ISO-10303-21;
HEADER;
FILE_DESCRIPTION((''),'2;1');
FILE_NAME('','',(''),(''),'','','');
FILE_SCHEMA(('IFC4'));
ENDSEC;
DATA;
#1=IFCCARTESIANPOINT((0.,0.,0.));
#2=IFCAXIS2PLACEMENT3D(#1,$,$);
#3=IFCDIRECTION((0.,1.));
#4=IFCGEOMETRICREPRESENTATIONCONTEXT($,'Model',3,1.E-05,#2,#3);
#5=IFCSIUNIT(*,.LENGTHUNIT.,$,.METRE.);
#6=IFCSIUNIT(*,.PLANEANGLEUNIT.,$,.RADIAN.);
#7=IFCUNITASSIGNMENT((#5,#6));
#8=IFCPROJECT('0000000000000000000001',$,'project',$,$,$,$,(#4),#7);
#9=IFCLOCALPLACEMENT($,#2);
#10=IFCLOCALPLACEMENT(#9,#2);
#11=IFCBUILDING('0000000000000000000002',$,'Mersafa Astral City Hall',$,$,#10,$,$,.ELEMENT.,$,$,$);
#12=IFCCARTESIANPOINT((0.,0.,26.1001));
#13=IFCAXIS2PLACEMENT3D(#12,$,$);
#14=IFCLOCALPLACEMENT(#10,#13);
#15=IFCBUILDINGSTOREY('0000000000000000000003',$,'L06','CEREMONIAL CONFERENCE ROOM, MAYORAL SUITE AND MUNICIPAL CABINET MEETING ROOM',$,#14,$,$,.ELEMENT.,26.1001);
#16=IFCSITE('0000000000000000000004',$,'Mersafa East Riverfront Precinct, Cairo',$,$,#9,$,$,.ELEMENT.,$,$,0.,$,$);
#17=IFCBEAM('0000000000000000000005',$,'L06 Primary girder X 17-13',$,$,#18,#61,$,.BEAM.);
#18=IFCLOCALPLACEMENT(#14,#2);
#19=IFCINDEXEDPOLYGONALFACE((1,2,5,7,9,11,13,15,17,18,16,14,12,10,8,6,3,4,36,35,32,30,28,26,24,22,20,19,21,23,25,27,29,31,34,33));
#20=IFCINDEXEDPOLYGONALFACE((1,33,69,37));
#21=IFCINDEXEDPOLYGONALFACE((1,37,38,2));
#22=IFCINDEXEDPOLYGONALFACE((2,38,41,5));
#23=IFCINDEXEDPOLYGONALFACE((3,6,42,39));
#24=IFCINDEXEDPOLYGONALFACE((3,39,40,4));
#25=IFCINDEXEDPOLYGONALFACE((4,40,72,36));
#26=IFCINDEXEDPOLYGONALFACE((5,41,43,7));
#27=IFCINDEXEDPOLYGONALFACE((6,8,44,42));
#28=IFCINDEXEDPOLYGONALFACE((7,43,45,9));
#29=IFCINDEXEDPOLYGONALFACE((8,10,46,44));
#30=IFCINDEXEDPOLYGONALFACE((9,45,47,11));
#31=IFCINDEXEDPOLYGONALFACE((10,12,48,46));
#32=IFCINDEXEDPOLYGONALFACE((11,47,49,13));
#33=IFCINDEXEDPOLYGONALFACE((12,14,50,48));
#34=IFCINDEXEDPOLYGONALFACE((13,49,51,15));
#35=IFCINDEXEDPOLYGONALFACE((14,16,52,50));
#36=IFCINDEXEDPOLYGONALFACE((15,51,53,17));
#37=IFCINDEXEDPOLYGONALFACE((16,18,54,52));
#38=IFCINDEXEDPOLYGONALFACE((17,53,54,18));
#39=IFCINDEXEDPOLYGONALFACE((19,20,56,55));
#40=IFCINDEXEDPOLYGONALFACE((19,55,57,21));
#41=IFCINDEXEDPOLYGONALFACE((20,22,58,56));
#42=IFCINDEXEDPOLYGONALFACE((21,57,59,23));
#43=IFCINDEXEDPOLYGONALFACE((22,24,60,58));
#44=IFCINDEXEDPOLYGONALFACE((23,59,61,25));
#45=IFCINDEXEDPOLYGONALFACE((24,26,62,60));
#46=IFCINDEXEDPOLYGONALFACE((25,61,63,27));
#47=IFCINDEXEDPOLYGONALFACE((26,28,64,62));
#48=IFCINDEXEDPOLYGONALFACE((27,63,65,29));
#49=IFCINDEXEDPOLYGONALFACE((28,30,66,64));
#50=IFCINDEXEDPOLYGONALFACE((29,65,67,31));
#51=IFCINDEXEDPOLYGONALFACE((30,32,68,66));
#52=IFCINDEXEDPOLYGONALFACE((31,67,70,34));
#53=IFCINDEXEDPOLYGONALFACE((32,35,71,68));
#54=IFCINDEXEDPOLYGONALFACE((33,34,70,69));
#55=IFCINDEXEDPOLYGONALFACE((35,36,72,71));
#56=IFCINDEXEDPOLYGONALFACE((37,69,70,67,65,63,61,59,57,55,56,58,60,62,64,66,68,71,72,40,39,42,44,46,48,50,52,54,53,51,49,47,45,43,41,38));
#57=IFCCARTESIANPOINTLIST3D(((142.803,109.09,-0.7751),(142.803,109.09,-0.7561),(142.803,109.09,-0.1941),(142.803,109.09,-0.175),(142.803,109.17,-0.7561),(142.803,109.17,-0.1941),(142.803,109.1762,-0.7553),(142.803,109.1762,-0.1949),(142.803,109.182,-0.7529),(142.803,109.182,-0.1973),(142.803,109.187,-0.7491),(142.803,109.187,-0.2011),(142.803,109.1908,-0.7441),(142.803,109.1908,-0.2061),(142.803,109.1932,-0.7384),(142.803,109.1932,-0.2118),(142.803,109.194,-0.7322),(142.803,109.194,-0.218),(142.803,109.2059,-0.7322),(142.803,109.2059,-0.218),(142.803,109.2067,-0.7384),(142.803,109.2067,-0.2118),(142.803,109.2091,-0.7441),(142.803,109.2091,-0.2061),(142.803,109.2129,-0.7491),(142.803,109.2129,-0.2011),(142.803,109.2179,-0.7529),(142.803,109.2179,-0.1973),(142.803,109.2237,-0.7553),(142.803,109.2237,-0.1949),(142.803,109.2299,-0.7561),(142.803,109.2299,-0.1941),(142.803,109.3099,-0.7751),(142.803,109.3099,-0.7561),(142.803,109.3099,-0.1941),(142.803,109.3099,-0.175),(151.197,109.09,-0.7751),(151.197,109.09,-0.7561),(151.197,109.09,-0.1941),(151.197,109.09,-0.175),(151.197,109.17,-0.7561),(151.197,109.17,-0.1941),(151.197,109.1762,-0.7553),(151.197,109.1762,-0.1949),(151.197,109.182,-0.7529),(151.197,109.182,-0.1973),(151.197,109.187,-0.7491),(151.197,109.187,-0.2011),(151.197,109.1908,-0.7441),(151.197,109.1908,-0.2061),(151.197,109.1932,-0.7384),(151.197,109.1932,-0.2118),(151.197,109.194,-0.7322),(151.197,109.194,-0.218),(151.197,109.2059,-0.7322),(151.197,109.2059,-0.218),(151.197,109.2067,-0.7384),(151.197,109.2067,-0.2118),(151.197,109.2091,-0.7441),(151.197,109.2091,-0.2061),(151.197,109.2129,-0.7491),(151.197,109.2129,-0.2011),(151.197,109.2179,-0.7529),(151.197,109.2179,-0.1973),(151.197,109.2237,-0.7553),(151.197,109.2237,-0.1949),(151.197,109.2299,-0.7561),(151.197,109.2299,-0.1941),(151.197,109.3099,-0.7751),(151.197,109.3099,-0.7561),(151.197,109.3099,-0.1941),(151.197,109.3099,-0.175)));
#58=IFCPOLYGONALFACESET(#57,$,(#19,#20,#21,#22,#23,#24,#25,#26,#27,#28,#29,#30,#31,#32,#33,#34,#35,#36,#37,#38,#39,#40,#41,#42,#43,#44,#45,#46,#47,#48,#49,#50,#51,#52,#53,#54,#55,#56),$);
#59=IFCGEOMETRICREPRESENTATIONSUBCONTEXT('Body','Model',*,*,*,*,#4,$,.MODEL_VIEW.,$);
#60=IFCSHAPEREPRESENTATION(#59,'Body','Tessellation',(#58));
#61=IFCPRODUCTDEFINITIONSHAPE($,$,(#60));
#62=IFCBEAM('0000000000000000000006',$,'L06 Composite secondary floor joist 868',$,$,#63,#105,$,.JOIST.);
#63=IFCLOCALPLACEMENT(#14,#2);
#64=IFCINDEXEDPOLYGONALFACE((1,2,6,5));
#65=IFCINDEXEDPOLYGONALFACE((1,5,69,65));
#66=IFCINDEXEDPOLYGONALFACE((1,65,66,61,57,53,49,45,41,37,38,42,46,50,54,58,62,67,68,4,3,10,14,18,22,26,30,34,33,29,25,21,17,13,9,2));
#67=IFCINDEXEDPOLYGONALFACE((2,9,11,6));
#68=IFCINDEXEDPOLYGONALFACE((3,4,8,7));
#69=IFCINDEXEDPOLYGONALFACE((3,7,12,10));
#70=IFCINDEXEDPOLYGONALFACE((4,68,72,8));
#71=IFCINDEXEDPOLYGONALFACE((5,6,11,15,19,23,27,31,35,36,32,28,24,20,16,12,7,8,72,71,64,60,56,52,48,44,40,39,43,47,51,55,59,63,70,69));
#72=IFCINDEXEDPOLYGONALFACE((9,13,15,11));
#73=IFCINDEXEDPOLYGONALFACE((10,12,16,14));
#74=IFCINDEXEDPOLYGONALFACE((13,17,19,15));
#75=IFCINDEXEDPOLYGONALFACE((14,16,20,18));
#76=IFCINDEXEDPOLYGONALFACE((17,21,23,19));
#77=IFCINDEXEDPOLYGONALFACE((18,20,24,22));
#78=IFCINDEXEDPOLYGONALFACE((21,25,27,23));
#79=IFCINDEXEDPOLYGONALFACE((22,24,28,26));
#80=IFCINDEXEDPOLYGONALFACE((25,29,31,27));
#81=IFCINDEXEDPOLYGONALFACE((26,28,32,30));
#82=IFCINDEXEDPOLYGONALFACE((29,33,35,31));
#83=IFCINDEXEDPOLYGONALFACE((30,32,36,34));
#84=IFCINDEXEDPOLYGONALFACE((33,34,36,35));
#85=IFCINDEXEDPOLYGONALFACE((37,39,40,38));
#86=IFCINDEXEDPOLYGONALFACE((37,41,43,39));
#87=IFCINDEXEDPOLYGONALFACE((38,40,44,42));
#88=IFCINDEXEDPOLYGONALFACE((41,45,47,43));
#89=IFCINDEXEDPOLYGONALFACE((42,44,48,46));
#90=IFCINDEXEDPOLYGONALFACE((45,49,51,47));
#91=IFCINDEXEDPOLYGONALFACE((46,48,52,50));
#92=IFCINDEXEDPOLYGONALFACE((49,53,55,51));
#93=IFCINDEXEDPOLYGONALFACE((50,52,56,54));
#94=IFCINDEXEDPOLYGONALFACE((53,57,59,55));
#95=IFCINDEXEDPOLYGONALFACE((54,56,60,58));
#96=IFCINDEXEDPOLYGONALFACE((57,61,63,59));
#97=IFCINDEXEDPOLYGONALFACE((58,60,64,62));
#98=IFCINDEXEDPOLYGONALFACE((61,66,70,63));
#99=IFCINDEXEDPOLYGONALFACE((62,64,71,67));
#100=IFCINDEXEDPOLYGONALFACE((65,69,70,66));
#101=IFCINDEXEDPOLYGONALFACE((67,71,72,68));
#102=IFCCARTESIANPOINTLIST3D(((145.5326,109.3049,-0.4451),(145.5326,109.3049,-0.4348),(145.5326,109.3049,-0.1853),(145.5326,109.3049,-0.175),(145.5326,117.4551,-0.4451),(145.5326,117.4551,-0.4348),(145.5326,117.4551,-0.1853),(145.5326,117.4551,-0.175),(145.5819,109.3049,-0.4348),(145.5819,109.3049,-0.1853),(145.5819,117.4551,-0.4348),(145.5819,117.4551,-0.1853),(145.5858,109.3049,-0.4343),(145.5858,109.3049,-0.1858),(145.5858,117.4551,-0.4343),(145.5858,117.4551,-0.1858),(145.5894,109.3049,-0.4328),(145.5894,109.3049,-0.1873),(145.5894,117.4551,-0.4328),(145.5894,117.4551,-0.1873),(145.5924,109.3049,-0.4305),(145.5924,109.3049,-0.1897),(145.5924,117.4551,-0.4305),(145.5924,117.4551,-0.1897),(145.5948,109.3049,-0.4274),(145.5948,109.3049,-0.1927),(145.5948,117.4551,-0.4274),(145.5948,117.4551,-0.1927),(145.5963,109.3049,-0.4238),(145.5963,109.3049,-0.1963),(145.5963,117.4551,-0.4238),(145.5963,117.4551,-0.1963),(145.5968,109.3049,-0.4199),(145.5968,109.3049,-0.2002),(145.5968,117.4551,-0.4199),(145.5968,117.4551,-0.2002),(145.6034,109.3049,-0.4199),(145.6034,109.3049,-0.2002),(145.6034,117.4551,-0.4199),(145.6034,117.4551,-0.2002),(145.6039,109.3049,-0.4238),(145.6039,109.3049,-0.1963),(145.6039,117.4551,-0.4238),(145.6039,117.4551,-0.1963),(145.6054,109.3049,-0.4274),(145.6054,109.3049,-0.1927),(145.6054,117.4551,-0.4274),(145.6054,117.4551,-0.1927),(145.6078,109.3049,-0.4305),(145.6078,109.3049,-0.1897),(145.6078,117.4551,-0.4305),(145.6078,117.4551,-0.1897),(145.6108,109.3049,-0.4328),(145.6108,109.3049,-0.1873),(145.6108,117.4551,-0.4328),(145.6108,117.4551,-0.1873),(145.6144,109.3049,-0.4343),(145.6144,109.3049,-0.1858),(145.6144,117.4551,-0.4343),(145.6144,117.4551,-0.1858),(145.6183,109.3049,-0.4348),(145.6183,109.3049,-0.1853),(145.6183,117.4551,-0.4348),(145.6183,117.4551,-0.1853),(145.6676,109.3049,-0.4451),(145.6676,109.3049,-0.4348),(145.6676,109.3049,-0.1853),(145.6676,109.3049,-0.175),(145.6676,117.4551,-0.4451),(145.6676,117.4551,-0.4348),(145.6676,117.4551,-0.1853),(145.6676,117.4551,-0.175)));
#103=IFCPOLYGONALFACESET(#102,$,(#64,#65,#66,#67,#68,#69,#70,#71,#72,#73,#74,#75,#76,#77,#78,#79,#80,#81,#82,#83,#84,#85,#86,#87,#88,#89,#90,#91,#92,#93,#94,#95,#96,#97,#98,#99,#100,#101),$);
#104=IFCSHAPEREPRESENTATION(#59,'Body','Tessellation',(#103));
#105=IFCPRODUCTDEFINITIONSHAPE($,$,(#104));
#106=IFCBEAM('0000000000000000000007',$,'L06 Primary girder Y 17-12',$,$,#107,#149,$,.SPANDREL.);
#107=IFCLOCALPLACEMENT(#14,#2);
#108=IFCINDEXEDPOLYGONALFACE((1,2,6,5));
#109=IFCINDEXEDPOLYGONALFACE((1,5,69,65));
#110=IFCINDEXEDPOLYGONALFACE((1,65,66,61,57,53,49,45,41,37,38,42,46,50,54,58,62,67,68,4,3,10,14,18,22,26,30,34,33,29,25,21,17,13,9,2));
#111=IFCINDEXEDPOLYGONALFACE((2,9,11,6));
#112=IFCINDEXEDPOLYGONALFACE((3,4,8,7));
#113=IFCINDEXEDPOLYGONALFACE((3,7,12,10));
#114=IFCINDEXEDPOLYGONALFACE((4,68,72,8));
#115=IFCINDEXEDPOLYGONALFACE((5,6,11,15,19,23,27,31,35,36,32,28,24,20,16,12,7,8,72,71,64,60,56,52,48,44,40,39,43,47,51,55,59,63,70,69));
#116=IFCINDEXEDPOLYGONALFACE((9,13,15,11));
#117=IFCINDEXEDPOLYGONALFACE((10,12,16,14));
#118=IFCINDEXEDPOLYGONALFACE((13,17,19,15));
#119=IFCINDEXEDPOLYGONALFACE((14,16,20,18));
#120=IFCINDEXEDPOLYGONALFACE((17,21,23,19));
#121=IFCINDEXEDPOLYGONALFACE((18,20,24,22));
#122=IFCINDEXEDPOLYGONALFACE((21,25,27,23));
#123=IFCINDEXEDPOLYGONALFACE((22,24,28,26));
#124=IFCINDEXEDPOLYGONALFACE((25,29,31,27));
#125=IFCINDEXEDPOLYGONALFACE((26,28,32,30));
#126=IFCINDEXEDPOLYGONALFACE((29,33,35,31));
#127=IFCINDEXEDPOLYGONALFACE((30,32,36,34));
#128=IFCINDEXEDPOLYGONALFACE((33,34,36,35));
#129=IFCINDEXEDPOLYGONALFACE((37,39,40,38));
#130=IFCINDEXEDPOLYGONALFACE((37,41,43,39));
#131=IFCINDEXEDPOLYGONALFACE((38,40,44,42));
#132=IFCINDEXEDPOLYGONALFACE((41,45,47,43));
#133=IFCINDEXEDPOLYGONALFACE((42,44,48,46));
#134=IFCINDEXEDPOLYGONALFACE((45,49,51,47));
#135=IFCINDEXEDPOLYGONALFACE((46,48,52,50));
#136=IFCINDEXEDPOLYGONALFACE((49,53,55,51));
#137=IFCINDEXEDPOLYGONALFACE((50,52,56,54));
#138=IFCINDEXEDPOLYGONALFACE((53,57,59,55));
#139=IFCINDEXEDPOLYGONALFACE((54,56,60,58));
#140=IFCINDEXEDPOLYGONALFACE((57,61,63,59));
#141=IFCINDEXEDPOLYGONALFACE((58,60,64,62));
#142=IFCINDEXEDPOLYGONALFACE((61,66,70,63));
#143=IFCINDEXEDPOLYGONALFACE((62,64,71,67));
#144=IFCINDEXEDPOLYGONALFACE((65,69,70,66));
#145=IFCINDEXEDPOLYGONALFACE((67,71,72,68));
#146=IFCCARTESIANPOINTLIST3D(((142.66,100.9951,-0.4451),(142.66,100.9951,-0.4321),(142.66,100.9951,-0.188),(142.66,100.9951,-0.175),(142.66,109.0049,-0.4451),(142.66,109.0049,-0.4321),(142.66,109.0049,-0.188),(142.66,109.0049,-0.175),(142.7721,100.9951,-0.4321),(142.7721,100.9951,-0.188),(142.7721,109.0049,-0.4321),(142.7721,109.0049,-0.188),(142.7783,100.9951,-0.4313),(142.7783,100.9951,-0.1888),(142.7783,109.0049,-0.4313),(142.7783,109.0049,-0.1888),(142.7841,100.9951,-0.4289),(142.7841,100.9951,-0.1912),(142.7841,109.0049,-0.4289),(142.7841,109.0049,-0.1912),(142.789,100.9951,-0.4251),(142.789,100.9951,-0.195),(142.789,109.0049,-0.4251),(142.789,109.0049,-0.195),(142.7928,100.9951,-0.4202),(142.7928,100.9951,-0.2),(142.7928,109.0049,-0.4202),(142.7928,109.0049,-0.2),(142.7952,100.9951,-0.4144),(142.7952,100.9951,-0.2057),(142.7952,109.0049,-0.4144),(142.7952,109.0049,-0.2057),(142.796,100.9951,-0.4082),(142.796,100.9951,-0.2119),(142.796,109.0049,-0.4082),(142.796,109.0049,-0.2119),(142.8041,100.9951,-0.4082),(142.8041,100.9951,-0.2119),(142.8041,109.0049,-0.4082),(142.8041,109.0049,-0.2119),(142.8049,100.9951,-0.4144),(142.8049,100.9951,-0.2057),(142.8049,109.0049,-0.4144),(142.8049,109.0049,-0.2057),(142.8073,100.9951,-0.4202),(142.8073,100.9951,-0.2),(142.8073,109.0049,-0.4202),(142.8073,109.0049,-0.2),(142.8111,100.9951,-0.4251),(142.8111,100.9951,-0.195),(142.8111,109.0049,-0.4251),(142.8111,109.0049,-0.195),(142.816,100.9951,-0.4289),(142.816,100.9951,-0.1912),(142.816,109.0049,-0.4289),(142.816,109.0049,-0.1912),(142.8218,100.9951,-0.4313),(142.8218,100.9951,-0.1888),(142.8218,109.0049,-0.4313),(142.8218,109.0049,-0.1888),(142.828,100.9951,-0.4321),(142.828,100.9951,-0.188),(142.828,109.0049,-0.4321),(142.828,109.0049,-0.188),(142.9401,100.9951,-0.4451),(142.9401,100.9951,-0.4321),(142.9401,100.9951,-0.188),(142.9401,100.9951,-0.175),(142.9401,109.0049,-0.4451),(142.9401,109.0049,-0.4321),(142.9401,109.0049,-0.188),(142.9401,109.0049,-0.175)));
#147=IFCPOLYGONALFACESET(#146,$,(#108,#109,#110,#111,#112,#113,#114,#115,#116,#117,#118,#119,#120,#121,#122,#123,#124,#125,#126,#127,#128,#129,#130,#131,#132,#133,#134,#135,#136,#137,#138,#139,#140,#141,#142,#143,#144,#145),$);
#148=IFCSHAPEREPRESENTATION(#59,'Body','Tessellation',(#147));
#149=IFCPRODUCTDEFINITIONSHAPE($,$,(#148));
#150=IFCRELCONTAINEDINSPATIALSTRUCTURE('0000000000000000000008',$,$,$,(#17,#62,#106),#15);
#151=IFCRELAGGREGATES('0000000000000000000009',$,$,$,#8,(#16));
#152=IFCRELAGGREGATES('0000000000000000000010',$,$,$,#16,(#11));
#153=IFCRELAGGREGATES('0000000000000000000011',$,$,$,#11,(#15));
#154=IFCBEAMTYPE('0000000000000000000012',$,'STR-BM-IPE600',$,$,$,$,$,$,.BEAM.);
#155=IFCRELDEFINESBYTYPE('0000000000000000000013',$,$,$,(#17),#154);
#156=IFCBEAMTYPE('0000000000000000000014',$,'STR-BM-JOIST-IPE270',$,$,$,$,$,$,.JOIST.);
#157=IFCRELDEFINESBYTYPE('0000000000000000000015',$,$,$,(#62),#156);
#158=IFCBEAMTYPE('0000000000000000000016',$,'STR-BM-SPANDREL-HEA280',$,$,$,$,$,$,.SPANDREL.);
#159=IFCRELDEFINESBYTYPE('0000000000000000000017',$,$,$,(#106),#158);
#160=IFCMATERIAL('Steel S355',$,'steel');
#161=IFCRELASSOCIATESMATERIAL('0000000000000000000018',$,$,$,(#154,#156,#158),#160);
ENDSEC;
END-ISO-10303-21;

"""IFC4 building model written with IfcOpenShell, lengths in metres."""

from ifc_helpers import new_model, si_unit, direction, frame, origin, origin_2d, place, context, subcontext, project, spatial, i_section, extrude, material, material_profile, profile_set, type_object, element, save


model = new_model("IFC4")

# Units and contexts
model_context = context("Model", 3, precision=1e-05, world=origin(), true_north=direction((0.0, 1.0)))
body_context = subcontext(model_context, "Body", "Model", "MODEL_VIEW")
ifc_project = project(units=[si_unit("LENGTHUNIT", "METRE"), si_unit("PLANEANGLEUNIT", "RADIAN")], contexts=[model_context])

# Site, building, storey
site_placement = place(None, origin())
site = spatial("IfcSite", under=ifc_project, at=site_placement, Name="Mersafa East Riverfront Precinct, Cairo", CompositionType="ELEMENT", RefElevation=0.0)
building_placement = place(site_placement, origin())
building = spatial("IfcBuilding", under=site, at=building_placement, Name="Mersafa Astral City Hall", CompositionType="ELEMENT")
storey_placement = place(building_placement, frame((0.0, 0.0, 26.1001)))
storey = spatial("IfcBuildingStorey", under=building, at=storey_placement, Name="L06", Description="CEREMONIAL CONFERENCE ROOM, MAYORAL SUITE AND MUNICIPAL CABINET MEETING ROOM", CompositionType="ELEMENT", Elevation=26.1001)

# Shared definitions
ifc_material_1 = material(Name="Steel S355", Category="steel")

# Beams
ifc_material_profile_1 = material_profile(ifc_material_1, i_section(OverallWidth=0.22, OverallDepth=0.6001, WebThickness=0.012, FlangeThickness=0.019, FilletRadius=0.0239, at=origin_2d()), Name="IPE 600")
ifc_profile_set_1 = profile_set([ifc_material_profile_1], Name="Steel S355")
beam_type_1 = type_object("IfcBeamType", Name="STR-BM-IPE600", PredefinedType="BEAM", material=ifc_profile_set_1)
beam_1_placement = place(storey_placement, frame((142.803, 109.2, -0.4751), z_axis=(1.0, 0.0, 0.0), x_axis=(0.0, 1.0, 0.0)))
element("IfcBeam", 1, at=beam_1_placement, inside=storey, type_object=beam_type_1, Name="L06 Primary girder X 17-13", PredefinedType="BEAM", context=body_context, shape_type="SweptSolid", body=[
    extrude(i_section(OverallWidth=0.22, OverallDepth=0.6001, WebThickness=0.012, FlangeThickness=0.019, FilletRadius=0.0239, at=origin_2d()), origin(), (0.0, 0.0, 1.0), 8.394),
])
ifc_material_profile_2 = material_profile(ifc_material_1, i_section(OverallWidth=0.135, OverallDepth=0.27, WebThickness=0.0066, FlangeThickness=0.0103, FilletRadius=0.0149, at=origin_2d()), Name="IPE 270")
ifc_profile_set_2 = profile_set([ifc_material_profile_2], Name="Steel S355")
beam_type_2 = type_object("IfcBeamType", Name="STR-BM-JOIST-IPE270", PredefinedType="JOIST", material=ifc_profile_set_2)
beam_2_placement = place(storey_placement, frame((145.6001, 109.3049, -0.3101), z_axis=(0.0, 1.0, 0.0), x_axis=(-1.0, 0.0, 0.0)))
element("IfcBeam", 2, at=beam_2_placement, inside=storey, type_object=beam_type_2, Name="L06 Composite secondary floor joist 868", PredefinedType="JOIST", context=body_context, shape_type="SweptSolid", body=[
    extrude(i_section(OverallWidth=0.135, OverallDepth=0.27, WebThickness=0.0066, FlangeThickness=0.0103, FilletRadius=0.0149, at=origin_2d()), origin(), (0.0, 0.0, 1.0), 8.1501),
])
ifc_material_profile_3 = material_profile(ifc_material_1, i_section(OverallWidth=0.28, OverallDepth=0.27, WebThickness=0.0081, FlangeThickness=0.0129, FilletRadius=0.0239, at=origin_2d()), Name="HEA 280")
ifc_profile_set_3 = profile_set([ifc_material_profile_3], Name="Steel S355")
beam_type_3 = type_object("IfcBeamType", Name="STR-BM-SPANDREL-HEA280", PredefinedType="SPANDREL", material=ifc_profile_set_3)
beam_3_placement = place(storey_placement, frame((142.8, 100.9951, -0.3101), z_axis=(0.0, 1.0, 0.0), x_axis=(-1.0, 0.0, 0.0)))
element("IfcBeam", 3, at=beam_3_placement, inside=storey, type_object=beam_type_3, Name="L06 Primary girder Y 17-12", PredefinedType="SPANDREL", context=body_context, shape_type="SweptSolid", body=[
    extrude(i_section(OverallWidth=0.28, OverallDepth=0.27, WebThickness=0.0081, FlangeThickness=0.0129, FilletRadius=0.0239, at=origin_2d()), origin(), (0.0, 0.0, 1.0), 8.0098),
])

save(model, "model.ifc")
